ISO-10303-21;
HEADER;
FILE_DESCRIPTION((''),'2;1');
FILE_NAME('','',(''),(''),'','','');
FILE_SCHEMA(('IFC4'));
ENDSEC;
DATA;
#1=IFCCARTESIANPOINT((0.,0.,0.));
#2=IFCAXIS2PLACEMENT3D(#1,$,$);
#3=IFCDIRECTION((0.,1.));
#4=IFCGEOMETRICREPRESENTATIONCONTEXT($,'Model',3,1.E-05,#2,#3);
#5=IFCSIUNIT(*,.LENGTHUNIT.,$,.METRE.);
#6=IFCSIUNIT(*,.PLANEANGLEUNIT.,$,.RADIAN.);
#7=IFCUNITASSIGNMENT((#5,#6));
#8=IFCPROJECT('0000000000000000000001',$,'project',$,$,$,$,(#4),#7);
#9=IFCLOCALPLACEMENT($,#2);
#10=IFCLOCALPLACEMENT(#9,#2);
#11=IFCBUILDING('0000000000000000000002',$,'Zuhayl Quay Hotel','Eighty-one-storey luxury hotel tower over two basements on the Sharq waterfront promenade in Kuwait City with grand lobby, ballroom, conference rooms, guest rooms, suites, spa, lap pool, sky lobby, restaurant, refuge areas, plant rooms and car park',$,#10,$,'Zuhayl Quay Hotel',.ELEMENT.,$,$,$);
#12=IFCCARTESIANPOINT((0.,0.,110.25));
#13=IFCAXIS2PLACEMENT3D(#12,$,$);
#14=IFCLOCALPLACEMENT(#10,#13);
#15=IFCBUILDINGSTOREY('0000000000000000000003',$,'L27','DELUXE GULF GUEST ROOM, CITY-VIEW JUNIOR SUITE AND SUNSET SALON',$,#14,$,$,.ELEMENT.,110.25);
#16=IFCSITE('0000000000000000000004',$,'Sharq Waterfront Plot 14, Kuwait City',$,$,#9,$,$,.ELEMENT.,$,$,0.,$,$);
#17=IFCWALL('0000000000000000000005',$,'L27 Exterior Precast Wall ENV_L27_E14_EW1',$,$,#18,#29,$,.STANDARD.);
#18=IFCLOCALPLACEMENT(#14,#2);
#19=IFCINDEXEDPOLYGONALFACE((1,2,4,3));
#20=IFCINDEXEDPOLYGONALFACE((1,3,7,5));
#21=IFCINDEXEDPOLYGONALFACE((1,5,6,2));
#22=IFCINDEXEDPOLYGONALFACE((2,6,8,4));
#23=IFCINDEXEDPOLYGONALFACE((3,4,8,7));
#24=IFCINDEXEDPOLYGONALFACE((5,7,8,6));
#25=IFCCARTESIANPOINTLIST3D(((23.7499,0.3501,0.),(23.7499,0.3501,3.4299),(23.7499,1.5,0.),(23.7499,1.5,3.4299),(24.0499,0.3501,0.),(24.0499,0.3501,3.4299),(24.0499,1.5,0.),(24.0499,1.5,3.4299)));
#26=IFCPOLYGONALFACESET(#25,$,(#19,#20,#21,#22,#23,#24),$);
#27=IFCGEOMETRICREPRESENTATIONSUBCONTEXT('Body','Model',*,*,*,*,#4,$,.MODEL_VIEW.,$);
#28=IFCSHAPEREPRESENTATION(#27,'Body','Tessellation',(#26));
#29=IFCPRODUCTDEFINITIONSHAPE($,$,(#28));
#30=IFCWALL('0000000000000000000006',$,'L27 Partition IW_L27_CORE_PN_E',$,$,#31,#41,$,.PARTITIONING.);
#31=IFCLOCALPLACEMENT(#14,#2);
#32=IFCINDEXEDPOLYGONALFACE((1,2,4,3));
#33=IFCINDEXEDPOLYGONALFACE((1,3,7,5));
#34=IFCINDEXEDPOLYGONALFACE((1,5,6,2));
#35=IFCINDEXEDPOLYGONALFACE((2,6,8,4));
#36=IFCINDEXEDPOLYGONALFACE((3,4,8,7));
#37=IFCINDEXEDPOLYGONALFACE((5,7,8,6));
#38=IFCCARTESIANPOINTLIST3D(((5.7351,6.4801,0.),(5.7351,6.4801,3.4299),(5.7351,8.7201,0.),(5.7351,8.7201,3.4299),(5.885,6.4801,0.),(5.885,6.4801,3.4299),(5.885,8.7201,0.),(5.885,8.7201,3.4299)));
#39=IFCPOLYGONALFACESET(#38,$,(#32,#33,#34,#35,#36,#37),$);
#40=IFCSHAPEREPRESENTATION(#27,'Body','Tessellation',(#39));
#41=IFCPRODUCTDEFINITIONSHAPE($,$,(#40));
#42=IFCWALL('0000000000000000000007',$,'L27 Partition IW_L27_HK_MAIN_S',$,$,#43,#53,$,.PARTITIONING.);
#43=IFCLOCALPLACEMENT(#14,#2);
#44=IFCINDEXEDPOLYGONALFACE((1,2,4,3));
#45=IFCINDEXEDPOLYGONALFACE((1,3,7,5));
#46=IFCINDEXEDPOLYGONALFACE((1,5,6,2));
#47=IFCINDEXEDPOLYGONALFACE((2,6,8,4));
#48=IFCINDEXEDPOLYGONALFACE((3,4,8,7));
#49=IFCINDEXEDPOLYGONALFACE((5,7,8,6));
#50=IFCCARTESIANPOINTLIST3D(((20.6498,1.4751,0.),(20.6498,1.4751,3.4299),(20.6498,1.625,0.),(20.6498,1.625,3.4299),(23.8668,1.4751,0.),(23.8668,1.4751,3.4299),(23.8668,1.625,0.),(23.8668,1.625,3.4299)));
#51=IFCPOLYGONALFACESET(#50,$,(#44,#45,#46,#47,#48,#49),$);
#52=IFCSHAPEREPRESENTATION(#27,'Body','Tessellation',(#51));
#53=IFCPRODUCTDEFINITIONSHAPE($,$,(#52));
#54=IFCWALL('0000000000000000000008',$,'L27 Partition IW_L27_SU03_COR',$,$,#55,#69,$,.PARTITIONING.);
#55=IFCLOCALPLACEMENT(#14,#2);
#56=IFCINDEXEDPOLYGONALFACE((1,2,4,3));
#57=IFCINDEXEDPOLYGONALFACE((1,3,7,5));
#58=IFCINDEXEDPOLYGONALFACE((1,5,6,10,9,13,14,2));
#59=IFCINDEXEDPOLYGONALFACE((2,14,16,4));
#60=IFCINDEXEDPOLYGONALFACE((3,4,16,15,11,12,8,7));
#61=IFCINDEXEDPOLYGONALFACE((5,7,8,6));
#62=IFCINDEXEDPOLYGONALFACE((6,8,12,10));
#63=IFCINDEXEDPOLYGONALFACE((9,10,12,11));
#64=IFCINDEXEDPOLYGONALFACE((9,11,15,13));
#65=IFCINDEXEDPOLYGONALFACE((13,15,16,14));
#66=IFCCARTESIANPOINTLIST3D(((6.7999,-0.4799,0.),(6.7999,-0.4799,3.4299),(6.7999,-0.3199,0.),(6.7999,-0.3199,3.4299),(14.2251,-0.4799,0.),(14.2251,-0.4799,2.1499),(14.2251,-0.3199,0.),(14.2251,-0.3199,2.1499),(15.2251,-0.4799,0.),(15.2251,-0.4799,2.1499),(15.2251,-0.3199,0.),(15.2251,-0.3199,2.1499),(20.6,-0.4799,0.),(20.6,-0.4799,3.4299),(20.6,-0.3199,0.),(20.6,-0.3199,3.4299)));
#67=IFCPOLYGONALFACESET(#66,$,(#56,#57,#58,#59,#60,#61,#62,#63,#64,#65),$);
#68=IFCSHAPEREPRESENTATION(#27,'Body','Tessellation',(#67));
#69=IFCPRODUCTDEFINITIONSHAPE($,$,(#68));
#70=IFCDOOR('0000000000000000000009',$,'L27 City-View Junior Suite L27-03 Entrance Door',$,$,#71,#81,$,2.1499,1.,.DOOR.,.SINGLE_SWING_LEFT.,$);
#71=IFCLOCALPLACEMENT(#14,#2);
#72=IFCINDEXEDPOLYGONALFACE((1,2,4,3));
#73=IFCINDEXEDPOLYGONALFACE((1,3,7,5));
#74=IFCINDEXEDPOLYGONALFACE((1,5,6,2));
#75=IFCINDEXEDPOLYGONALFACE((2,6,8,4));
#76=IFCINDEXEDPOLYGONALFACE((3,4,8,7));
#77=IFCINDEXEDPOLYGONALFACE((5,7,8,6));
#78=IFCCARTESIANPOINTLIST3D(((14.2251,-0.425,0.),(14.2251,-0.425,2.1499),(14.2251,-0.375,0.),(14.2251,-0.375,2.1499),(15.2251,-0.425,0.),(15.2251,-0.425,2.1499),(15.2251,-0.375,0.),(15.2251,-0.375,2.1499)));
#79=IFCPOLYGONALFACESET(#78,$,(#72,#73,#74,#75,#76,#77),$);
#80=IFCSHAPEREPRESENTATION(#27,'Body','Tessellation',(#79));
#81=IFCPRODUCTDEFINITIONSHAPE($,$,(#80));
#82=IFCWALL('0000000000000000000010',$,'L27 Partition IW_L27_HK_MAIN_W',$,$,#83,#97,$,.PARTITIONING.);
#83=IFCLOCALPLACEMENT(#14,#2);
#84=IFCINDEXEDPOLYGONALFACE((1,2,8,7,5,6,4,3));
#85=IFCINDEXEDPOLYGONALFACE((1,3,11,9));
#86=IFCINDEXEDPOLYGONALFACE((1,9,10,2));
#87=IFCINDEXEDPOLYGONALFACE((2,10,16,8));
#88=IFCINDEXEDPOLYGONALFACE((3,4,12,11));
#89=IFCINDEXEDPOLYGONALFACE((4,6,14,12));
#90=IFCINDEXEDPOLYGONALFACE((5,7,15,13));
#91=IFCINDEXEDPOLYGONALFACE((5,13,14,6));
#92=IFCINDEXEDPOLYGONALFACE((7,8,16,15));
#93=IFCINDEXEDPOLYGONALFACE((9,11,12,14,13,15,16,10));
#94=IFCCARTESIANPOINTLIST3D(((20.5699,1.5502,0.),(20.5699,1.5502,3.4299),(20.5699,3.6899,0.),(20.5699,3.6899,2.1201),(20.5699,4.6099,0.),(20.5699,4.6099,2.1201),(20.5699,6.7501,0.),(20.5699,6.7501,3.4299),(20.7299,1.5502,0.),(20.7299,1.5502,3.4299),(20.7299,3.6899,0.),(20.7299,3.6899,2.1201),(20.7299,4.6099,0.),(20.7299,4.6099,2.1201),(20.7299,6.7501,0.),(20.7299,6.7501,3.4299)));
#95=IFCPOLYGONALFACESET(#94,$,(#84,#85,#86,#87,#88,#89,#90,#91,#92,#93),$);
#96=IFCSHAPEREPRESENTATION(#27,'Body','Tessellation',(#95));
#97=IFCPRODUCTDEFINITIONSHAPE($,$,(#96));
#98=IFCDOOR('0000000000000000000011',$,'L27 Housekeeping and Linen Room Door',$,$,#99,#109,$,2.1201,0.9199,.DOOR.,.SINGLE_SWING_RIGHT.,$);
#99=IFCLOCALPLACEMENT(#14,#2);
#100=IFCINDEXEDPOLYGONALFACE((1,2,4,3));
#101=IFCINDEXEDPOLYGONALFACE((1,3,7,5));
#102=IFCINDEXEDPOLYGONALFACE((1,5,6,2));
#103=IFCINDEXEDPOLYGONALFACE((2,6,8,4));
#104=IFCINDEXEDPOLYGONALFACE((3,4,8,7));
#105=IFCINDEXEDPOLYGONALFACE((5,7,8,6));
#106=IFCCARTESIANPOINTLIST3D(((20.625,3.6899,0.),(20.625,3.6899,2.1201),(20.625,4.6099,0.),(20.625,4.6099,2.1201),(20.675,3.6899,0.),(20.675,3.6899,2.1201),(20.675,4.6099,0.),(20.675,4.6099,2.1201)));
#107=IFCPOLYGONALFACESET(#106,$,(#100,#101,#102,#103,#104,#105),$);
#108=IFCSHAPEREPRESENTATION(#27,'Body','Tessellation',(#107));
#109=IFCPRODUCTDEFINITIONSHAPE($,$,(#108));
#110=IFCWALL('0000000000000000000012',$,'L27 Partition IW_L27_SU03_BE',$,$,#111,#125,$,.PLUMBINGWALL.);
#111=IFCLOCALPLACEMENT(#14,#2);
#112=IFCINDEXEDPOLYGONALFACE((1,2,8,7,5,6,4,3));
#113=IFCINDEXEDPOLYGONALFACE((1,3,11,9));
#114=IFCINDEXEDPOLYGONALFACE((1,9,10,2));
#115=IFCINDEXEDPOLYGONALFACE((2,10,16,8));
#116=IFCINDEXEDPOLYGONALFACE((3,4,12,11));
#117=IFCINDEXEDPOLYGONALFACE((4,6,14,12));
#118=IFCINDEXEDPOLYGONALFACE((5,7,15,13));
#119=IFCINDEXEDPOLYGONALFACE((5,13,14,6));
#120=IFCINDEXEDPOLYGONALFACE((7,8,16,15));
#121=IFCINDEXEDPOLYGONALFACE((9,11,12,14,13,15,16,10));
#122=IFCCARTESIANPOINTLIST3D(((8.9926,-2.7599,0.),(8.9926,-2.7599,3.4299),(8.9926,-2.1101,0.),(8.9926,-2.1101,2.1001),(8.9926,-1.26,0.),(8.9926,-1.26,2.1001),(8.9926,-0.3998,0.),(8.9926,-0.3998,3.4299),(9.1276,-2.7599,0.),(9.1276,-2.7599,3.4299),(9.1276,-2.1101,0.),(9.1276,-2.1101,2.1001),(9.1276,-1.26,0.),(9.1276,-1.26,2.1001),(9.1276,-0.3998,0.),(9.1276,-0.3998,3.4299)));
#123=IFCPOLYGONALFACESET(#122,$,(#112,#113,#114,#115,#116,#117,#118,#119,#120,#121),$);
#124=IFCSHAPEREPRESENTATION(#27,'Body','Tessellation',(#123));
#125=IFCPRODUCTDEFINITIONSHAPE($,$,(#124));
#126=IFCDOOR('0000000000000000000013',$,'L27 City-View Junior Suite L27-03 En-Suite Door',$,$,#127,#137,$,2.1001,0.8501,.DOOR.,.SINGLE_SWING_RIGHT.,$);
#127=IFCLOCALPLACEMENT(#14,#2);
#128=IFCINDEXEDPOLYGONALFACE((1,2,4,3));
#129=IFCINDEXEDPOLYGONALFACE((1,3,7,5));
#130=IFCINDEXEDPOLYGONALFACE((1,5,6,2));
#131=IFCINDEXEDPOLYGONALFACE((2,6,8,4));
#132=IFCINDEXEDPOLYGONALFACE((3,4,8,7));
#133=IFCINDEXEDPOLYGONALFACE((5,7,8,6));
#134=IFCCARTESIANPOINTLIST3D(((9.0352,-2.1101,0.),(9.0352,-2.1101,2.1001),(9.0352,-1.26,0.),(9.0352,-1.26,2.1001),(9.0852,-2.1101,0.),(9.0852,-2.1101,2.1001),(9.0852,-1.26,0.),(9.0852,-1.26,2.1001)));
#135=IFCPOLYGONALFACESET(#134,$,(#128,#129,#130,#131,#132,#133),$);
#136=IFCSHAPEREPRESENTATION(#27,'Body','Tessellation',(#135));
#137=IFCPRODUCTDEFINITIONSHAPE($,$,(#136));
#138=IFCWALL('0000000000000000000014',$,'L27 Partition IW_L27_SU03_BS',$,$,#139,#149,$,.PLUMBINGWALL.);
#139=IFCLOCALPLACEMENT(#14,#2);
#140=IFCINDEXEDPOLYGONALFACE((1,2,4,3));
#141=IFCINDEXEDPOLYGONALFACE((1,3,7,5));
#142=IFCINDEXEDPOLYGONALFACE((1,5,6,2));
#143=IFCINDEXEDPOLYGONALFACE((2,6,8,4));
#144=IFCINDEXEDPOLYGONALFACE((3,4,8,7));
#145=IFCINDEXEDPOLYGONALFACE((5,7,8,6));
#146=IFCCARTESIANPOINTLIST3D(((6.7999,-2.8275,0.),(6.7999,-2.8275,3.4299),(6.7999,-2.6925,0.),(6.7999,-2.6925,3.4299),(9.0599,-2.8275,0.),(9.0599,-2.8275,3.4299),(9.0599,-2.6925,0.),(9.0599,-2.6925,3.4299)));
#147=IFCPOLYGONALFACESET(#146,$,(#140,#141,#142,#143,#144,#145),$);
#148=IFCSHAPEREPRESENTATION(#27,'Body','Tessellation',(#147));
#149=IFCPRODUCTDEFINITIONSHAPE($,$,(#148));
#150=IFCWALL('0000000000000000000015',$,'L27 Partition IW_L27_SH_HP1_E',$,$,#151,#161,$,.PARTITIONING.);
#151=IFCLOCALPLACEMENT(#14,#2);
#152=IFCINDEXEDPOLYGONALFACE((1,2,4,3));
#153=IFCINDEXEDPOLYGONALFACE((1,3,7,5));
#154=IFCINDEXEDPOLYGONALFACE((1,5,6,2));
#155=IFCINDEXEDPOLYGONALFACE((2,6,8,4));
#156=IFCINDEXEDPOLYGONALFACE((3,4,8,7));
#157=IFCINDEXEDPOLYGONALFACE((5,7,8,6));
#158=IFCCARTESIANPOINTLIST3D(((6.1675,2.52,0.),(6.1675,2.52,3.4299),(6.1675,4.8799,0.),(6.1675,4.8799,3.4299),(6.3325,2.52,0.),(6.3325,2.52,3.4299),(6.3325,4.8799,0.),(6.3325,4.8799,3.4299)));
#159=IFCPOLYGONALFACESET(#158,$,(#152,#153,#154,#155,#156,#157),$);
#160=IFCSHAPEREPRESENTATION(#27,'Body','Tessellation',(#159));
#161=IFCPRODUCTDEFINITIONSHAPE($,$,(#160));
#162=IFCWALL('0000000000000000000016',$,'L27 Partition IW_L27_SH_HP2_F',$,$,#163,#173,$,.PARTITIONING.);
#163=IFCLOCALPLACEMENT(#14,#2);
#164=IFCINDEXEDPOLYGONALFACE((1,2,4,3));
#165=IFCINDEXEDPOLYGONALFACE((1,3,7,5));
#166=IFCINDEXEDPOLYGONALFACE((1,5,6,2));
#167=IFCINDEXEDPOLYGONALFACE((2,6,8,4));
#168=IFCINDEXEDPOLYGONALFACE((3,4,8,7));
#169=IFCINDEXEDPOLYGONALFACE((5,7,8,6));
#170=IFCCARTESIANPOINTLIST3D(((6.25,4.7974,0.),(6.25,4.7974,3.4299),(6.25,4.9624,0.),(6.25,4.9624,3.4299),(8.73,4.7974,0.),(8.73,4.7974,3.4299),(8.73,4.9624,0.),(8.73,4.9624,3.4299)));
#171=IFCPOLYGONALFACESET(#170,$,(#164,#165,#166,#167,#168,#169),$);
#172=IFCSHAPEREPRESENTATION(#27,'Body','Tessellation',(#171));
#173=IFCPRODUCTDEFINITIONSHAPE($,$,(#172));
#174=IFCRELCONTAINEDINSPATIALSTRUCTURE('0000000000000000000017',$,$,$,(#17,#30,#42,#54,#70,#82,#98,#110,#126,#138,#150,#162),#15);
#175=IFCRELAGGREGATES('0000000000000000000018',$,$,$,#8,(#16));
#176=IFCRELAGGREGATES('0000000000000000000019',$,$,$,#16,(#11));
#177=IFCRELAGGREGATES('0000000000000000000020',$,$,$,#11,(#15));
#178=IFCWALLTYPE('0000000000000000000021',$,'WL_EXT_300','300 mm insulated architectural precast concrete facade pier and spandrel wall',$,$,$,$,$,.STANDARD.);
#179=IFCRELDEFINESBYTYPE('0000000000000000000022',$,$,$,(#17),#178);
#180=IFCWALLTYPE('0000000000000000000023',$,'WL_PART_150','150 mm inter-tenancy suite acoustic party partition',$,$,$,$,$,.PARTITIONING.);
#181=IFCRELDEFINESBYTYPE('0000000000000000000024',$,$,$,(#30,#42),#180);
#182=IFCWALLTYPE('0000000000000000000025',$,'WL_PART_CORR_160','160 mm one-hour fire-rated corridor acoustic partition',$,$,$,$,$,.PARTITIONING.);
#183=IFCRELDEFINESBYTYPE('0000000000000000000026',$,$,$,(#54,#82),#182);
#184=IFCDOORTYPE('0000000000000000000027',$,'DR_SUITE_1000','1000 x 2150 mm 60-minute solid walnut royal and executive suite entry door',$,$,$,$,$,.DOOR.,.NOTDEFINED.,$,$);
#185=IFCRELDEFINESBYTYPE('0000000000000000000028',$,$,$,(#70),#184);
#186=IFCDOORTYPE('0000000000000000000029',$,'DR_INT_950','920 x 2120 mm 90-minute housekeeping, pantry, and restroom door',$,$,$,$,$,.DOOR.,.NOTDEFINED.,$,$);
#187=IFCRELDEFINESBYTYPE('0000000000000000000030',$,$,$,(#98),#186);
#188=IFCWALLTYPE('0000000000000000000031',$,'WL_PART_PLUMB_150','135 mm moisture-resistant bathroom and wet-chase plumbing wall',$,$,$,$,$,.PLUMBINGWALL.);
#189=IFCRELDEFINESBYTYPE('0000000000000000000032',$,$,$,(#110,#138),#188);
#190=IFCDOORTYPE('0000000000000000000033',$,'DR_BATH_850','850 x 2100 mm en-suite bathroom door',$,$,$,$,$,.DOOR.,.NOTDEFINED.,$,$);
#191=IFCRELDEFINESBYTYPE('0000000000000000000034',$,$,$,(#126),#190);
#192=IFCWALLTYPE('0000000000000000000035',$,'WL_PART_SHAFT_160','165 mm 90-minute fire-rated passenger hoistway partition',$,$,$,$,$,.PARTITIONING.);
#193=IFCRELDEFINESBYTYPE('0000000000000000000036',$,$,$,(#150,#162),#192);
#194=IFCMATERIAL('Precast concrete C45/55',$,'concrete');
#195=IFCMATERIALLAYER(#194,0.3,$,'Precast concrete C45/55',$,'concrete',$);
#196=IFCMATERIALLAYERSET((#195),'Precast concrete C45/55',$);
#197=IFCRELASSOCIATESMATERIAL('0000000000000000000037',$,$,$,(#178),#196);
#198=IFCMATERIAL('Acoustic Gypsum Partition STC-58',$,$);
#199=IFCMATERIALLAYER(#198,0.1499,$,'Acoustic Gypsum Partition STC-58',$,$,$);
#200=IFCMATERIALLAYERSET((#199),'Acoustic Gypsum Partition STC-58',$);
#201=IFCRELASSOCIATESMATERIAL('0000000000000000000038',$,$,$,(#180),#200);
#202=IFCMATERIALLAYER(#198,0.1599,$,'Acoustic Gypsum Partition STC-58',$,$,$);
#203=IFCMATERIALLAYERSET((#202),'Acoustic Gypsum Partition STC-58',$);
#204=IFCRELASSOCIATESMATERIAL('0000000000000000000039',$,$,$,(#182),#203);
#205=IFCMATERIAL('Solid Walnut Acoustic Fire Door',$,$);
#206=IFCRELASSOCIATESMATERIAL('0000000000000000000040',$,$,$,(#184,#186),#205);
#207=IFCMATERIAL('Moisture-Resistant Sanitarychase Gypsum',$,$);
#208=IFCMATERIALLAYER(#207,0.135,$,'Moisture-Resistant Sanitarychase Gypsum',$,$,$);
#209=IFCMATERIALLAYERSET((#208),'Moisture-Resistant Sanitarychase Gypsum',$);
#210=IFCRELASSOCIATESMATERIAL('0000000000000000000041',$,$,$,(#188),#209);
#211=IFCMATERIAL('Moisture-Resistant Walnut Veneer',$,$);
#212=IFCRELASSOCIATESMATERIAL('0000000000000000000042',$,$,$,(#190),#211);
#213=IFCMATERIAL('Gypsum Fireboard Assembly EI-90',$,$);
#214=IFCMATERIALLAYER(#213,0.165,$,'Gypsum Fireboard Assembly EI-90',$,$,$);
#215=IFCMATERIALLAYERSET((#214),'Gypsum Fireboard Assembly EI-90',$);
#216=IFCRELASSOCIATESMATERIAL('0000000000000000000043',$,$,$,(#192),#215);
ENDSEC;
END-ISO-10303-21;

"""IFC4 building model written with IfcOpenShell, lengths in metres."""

from ifc_helpers import new_model, si_unit, direction, frame, frame_2d, origin, place, context, subcontext, project, spatial, rectangle, extrude, material, layer, layer_set, type_object, element, fill, save


model = new_model("IFC4")

# Units and contexts
model_context = context("Model", 3, precision=1e-05, world=origin(), true_north=direction((0.0, 1.0)))
body_context = subcontext(model_context, "Body", "Model", "MODEL_VIEW")
ifc_project = project(units=[si_unit("LENGTHUNIT", "METRE"), si_unit("PLANEANGLEUNIT", "RADIAN")], contexts=[model_context])

# Site, building, storey
site_placement = place(None, origin())
site = spatial("IfcSite", under=ifc_project, at=site_placement, Name="Sharq Waterfront Plot 14, Kuwait City", CompositionType="ELEMENT", RefElevation=0.0)
building_placement = place(site_placement, origin())
building = spatial("IfcBuilding", under=site, at=building_placement, Name="Zuhayl Quay Hotel", Description="Eighty-one-storey luxury hotel tower over two basements on the Sharq waterfront promenade in Kuwait City with grand lobby, ballroom, conference rooms, guest rooms, suites, spa, lap pool, sky lobby, restaurant, refuge areas, plant rooms and car park", LongName="Zuhayl Quay Hotel", CompositionType="ELEMENT")
storey_placement = place(building_placement, frame((0.0, 0.0, 110.25)))
storey = spatial("IfcBuildingStorey", under=building, at=storey_placement, Name="L27", Description="DELUXE GULF GUEST ROOM, CITY-VIEW JUNIOR SUITE AND SUNSET SALON", CompositionType="ELEMENT", Elevation=110.25)

# Walls
ifc_material_1 = material(Name="Precast concrete C45/55", Category="concrete")
ifc_layer_1 = layer(ifc_material_1, 0.3, Name="Precast concrete C45/55", Category="concrete")
ifc_layer_set_1 = layer_set([ifc_layer_1], Name="Precast concrete C45/55")
wall_type_1 = type_object("IfcWallType", Name="WL_EXT_300", Description="300 mm insulated architectural precast concrete facade pier and spandrel wall", PredefinedType="STANDARD", material=ifc_layer_set_1)
wall_1_placement = place(storey_placement, frame((23.8999, 1.5, 0.0), z_axis=(0.0, 0.0, 1.0), x_axis=(0.0, -1.0, 0.0)))
element("IfcWall", 1, at=wall_1_placement, inside=storey, type_object=wall_type_1, Name="L27 Exterior Precast Wall ENV_L27_E14_EW1", PredefinedType="STANDARD", context=body_context, shape_type="SweptSolid", body=[
    extrude(rectangle(XDim=1.1499, YDim=0.3, at=frame_2d((0.575, 0.0))), origin(), (0.0, 0.0, 1.0), 3.4299),
])
ifc_material_2 = material(Name="Acoustic Gypsum Partition STC-58")
ifc_layer_2 = layer(ifc_material_2, 0.1499, Name="Acoustic Gypsum Partition STC-58")
ifc_layer_set_2 = layer_set([ifc_layer_2], Name="Acoustic Gypsum Partition STC-58")
wall_type_2 = type_object("IfcWallType", Name="WL_PART_150", Description="150 mm inter-tenancy suite acoustic party partition", PredefinedType="PARTITIONING", material=ifc_layer_set_2)
wall_2_placement = place(storey_placement, frame((5.8101, 6.48, 0.0), z_axis=(0.0, 0.0, 1.0), x_axis=(0.0, 1.0, 0.0)))
element("IfcWall", 2, at=wall_2_placement, inside=storey, type_object=wall_type_2, Name="L27 Partition IW_L27_CORE_PN_E", PredefinedType="PARTITIONING", context=body_context, shape_type="SweptSolid", body=[
    extrude(rectangle(XDim=2.24, YDim=0.1499, at=frame_2d((1.1201, 0.0))), origin(), (0.0, 0.0, 1.0), 3.4299),
])
wall_3_placement = place(storey_placement, frame((20.6499, 1.55, 0.0), z_axis=(0.0, 0.0, 1.0), x_axis=(1.0, 0.0, 0.0)))
element("IfcWall", 3, at=wall_3_placement, inside=storey, type_object=wall_type_2, Name="L27 Partition IW_L27_HK_MAIN_S", PredefinedType="PARTITIONING", context=body_context, shape_type="SweptSolid", body=[
    extrude(rectangle(XDim=3.217, YDim=0.1499, at=frame_2d((1.6084, 0.0))), origin(), (0.0, 0.0, 1.0), 3.4299),
])

# Walls, openings, doors
ifc_layer_3 = layer(ifc_material_2, 0.1599, Name="Acoustic Gypsum Partition STC-58")
ifc_layer_set_3 = layer_set([ifc_layer_3], Name="Acoustic Gypsum Partition STC-58")
wall_type_3 = type_object("IfcWallType", Name="WL_PART_CORR_160", Description="160 mm one-hour fire-rated corridor acoustic partition", PredefinedType="PARTITIONING", material=ifc_layer_set_3)
wall_4_placement = place(storey_placement, frame((6.8, -0.3999, 0.0), z_axis=(0.0, 0.0, 1.0), x_axis=(1.0, 0.0, 0.0)))
wall_4 = element("IfcWall", 4, at=wall_4_placement, inside=storey, type_object=wall_type_3, Name="L27 Partition IW_L27_SU03_COR", PredefinedType="PARTITIONING", context=body_context, shape_type="SweptSolid", body=[
    extrude(rectangle(XDim=13.8, YDim=0.1599, at=frame_2d((6.8999, 0.0))), origin(), (0.0, 0.0, 1.0), 3.4299),
])
opening_1_placement = place(wall_4_placement, frame((7.425, 0.0, 0.0)))
opening_1 = element("IfcOpeningElement", 5, at=opening_1_placement, cuts=wall_4, PredefinedType="OPENING", context=body_context, shape_type="SweptSolid", body=[
    extrude(rectangle(XDim=1.0, YDim=2.1499, at=frame_2d((0.5, 1.075))), frame((0.0, 0.0898, 0.0), z_axis=(0.0, -1.0, 0.0), x_axis=(1.0, 0.0, 0.0)), (0.0, 0.0, 1.0), 0.1799),
])
ifc_material_3 = material(Name="Solid Walnut Acoustic Fire Door")
door_type_1 = type_object("IfcDoorType", Name="DR_SUITE_1000", Description="1000 x 2150 mm 60-minute solid walnut royal and executive suite entry door", OperationType="NOTDEFINED", PredefinedType="DOOR", material=ifc_material_3)
door_1_placement = place(opening_1_placement, origin())
door_1 = element("IfcDoor", 6, at=door_1_placement, inside=storey, type_object=door_type_1, Name="L27 City-View Junior Suite L27-03 Entrance Door", OperationType="SINGLE_SWING_LEFT", OverallHeight=2.1499, OverallWidth=1.0, PredefinedType="DOOR", context=body_context, shape_type="SweptSolid", body=[
    extrude(rectangle(XDim=1.0, YDim=2.1499, at=frame_2d((0.5, 1.075))), frame((0.0, 0.0249, 0.0), z_axis=(0.0, -1.0, 0.0), x_axis=(1.0, 0.0, 0.0)), (0.0, 0.0, 1.0), 0.05),
])
fill(opening_1, door_1)
wall_5_placement = place(storey_placement, frame((20.6499, 1.55, 0.0), z_axis=(0.0, 0.0, 1.0), x_axis=(0.0, 1.0, 0.0)))
wall_5 = element("IfcWall", 7, at=wall_5_placement, inside=storey, type_object=wall_type_3, Name="L27 Partition IW_L27_HK_MAIN_W", PredefinedType="PARTITIONING", context=body_context, shape_type="SweptSolid", body=[
    extrude(rectangle(XDim=5.2, YDim=0.1599, at=frame_2d((2.6001, 0.0))), origin(), (0.0, 0.0, 1.0), 3.4299),
])
opening_2_placement = place(wall_5_placement, frame((2.1399, 0.0, 0.0)))
opening_2 = element("IfcOpeningElement", 8, at=opening_2_placement, cuts=wall_5, PredefinedType="OPENING", context=body_context, shape_type="SweptSolid", body=[
    extrude(rectangle(XDim=0.9199, YDim=2.1201, at=frame_2d((0.46, 1.0601))), frame((0.0, 0.0898, 0.0), z_axis=(0.0, -1.0, 0.0), x_axis=(1.0, 0.0, 0.0)), (0.0, 0.0, 1.0), 0.1799),
])
door_type_2 = type_object("IfcDoorType", Name="DR_INT_950", Description="920 x 2120 mm 90-minute housekeeping, pantry, and restroom door", OperationType="NOTDEFINED", PredefinedType="DOOR", material=ifc_material_3)
door_2_placement = place(opening_2_placement, origin())
door_2 = element("IfcDoor", 9, at=door_2_placement, inside=storey, type_object=door_type_2, Name="L27 Housekeeping and Linen Room Door", OperationType="SINGLE_SWING_RIGHT", OverallHeight=2.1201, OverallWidth=0.9199, PredefinedType="DOOR", context=body_context, shape_type="SweptSolid", body=[
    extrude(rectangle(XDim=0.9199, YDim=2.1201, at=frame_2d((0.46, 1.0601))), frame((0.0, 0.0249, 0.0), z_axis=(0.0, -1.0, 0.0), x_axis=(1.0, 0.0, 0.0)), (0.0, 0.0, 1.0), 0.05),
])
fill(opening_2, door_2)
ifc_material_4 = material(Name="Moisture-Resistant Sanitarychase Gypsum")
ifc_layer_4 = layer(ifc_material_4, 0.135, Name="Moisture-Resistant Sanitarychase Gypsum")
ifc_layer_set_4 = layer_set([ifc_layer_4], Name="Moisture-Resistant Sanitarychase Gypsum")
wall_type_4 = type_object("IfcWallType", Name="WL_PART_PLUMB_150", Description="135 mm moisture-resistant bathroom and wet-chase plumbing wall", PredefinedType="PLUMBINGWALL", material=ifc_layer_set_4)
wall_6_placement = place(storey_placement, frame((9.0601, -2.76, 0.0), z_axis=(0.0, 0.0, 1.0), x_axis=(0.0, 1.0, 0.0)))
wall_6 = element("IfcWall", 10, at=wall_6_placement, inside=storey, type_object=wall_type_4, Name="L27 Partition IW_L27_SU03_BE", PredefinedType="PLUMBINGWALL", context=body_context, shape_type="SweptSolid", body=[
    extrude(rectangle(XDim=2.3601, YDim=0.135, at=frame_2d((1.1802, 0.0))), origin(), (0.0, 0.0, 1.0), 3.4299),
])
opening_3_placement = place(wall_6_placement, frame((0.6499, 0.0, 0.0)))
opening_3 = element("IfcOpeningElement", 11, at=opening_3_placement, cuts=wall_6, PredefinedType="OPENING", context=body_context, shape_type="SweptSolid", body=[
    extrude(rectangle(XDim=0.8501, YDim=2.1001, at=frame_2d((0.425, 1.05))), frame((0.0, 0.0774, 0.0), z_axis=(0.0, -1.0, 0.0), x_axis=(1.0, 0.0, 0.0)), (0.0, 0.0, 1.0), 0.155),
])
ifc_material_5 = material(Name="Moisture-Resistant Walnut Veneer")
door_type_3 = type_object("IfcDoorType", Name="DR_BATH_850", Description="850 x 2100 mm en-suite bathroom door", OperationType="NOTDEFINED", PredefinedType="DOOR", material=ifc_material_5)
door_3_placement = place(opening_3_placement, origin())
door_3 = element("IfcDoor", 12, at=door_3_placement, inside=storey, type_object=door_type_3, Name="L27 City-View Junior Suite L27-03 En-Suite Door", OperationType="SINGLE_SWING_RIGHT", OverallHeight=2.1001, OverallWidth=0.8501, PredefinedType="DOOR", context=body_context, shape_type="SweptSolid", body=[
    extrude(rectangle(XDim=0.8501, YDim=2.1001, at=frame_2d((0.425, 1.05))), frame((0.0, 0.0249, 0.0), z_axis=(0.0, -1.0, 0.0), x_axis=(1.0, 0.0, 0.0)), (0.0, 0.0, 1.0), 0.05),
])
fill(opening_3, door_3)

# Walls
wall_7_placement = place(storey_placement, frame((6.8, -2.76, 0.0), z_axis=(0.0, 0.0, 1.0), x_axis=(1.0, 0.0, 0.0)))
element("IfcWall", 13, at=wall_7_placement, inside=storey, type_object=wall_type_4, Name="L27 Partition IW_L27_SU03_BS", PredefinedType="PLUMBINGWALL", context=body_context, shape_type="SweptSolid", body=[
    extrude(rectangle(XDim=2.26, YDim=0.135, at=frame_2d((1.1299, 0.0))), origin(), (0.0, 0.0, 1.0), 3.4299),
])
ifc_material_6 = material(Name="Gypsum Fireboard Assembly EI-90")
ifc_layer_5 = layer(ifc_material_6, 0.165, Name="Gypsum Fireboard Assembly EI-90")
ifc_layer_set_5 = layer_set([ifc_layer_5], Name="Gypsum Fireboard Assembly EI-90")
wall_type_5 = type_object("IfcWallType", Name="WL_PART_SHAFT_160", Description="165 mm 90-minute fire-rated passenger hoistway partition", PredefinedType="PARTITIONING", material=ifc_layer_set_5)
wall_8_placement = place(storey_placement, frame((6.25, 2.52, 0.0), z_axis=(0.0, 0.0, 1.0), x_axis=(0.0, 1.0, 0.0)))
element("IfcWall", 14, at=wall_8_placement, inside=storey, type_object=wall_type_5, Name="L27 Partition IW_L27_SH_HP1_E", PredefinedType="PARTITIONING", context=body_context, shape_type="SweptSolid", body=[
    extrude(rectangle(XDim=2.3599, YDim=0.165, at=frame_2d((1.1799, 0.0))), origin(), (0.0, 0.0, 1.0), 3.4299),
])
wall_9_placement = place(storey_placement, frame((6.25, 4.8799, 0.0), z_axis=(0.0, 0.0, 1.0), x_axis=(1.0, 0.0, 0.0)))
element("IfcWall", 15, at=wall_9_placement, inside=storey, type_object=wall_type_5, Name="L27 Partition IW_L27_SH_HP2_F", PredefinedType="PARTITIONING", context=body_context, shape_type="SweptSolid", body=[
    extrude(rectangle(XDim=2.48, YDim=0.165, at=frame_2d((1.24, 0.0))), origin(), (0.0, 0.0, 1.0), 3.4299),
])

save(model, "model.ifc")
